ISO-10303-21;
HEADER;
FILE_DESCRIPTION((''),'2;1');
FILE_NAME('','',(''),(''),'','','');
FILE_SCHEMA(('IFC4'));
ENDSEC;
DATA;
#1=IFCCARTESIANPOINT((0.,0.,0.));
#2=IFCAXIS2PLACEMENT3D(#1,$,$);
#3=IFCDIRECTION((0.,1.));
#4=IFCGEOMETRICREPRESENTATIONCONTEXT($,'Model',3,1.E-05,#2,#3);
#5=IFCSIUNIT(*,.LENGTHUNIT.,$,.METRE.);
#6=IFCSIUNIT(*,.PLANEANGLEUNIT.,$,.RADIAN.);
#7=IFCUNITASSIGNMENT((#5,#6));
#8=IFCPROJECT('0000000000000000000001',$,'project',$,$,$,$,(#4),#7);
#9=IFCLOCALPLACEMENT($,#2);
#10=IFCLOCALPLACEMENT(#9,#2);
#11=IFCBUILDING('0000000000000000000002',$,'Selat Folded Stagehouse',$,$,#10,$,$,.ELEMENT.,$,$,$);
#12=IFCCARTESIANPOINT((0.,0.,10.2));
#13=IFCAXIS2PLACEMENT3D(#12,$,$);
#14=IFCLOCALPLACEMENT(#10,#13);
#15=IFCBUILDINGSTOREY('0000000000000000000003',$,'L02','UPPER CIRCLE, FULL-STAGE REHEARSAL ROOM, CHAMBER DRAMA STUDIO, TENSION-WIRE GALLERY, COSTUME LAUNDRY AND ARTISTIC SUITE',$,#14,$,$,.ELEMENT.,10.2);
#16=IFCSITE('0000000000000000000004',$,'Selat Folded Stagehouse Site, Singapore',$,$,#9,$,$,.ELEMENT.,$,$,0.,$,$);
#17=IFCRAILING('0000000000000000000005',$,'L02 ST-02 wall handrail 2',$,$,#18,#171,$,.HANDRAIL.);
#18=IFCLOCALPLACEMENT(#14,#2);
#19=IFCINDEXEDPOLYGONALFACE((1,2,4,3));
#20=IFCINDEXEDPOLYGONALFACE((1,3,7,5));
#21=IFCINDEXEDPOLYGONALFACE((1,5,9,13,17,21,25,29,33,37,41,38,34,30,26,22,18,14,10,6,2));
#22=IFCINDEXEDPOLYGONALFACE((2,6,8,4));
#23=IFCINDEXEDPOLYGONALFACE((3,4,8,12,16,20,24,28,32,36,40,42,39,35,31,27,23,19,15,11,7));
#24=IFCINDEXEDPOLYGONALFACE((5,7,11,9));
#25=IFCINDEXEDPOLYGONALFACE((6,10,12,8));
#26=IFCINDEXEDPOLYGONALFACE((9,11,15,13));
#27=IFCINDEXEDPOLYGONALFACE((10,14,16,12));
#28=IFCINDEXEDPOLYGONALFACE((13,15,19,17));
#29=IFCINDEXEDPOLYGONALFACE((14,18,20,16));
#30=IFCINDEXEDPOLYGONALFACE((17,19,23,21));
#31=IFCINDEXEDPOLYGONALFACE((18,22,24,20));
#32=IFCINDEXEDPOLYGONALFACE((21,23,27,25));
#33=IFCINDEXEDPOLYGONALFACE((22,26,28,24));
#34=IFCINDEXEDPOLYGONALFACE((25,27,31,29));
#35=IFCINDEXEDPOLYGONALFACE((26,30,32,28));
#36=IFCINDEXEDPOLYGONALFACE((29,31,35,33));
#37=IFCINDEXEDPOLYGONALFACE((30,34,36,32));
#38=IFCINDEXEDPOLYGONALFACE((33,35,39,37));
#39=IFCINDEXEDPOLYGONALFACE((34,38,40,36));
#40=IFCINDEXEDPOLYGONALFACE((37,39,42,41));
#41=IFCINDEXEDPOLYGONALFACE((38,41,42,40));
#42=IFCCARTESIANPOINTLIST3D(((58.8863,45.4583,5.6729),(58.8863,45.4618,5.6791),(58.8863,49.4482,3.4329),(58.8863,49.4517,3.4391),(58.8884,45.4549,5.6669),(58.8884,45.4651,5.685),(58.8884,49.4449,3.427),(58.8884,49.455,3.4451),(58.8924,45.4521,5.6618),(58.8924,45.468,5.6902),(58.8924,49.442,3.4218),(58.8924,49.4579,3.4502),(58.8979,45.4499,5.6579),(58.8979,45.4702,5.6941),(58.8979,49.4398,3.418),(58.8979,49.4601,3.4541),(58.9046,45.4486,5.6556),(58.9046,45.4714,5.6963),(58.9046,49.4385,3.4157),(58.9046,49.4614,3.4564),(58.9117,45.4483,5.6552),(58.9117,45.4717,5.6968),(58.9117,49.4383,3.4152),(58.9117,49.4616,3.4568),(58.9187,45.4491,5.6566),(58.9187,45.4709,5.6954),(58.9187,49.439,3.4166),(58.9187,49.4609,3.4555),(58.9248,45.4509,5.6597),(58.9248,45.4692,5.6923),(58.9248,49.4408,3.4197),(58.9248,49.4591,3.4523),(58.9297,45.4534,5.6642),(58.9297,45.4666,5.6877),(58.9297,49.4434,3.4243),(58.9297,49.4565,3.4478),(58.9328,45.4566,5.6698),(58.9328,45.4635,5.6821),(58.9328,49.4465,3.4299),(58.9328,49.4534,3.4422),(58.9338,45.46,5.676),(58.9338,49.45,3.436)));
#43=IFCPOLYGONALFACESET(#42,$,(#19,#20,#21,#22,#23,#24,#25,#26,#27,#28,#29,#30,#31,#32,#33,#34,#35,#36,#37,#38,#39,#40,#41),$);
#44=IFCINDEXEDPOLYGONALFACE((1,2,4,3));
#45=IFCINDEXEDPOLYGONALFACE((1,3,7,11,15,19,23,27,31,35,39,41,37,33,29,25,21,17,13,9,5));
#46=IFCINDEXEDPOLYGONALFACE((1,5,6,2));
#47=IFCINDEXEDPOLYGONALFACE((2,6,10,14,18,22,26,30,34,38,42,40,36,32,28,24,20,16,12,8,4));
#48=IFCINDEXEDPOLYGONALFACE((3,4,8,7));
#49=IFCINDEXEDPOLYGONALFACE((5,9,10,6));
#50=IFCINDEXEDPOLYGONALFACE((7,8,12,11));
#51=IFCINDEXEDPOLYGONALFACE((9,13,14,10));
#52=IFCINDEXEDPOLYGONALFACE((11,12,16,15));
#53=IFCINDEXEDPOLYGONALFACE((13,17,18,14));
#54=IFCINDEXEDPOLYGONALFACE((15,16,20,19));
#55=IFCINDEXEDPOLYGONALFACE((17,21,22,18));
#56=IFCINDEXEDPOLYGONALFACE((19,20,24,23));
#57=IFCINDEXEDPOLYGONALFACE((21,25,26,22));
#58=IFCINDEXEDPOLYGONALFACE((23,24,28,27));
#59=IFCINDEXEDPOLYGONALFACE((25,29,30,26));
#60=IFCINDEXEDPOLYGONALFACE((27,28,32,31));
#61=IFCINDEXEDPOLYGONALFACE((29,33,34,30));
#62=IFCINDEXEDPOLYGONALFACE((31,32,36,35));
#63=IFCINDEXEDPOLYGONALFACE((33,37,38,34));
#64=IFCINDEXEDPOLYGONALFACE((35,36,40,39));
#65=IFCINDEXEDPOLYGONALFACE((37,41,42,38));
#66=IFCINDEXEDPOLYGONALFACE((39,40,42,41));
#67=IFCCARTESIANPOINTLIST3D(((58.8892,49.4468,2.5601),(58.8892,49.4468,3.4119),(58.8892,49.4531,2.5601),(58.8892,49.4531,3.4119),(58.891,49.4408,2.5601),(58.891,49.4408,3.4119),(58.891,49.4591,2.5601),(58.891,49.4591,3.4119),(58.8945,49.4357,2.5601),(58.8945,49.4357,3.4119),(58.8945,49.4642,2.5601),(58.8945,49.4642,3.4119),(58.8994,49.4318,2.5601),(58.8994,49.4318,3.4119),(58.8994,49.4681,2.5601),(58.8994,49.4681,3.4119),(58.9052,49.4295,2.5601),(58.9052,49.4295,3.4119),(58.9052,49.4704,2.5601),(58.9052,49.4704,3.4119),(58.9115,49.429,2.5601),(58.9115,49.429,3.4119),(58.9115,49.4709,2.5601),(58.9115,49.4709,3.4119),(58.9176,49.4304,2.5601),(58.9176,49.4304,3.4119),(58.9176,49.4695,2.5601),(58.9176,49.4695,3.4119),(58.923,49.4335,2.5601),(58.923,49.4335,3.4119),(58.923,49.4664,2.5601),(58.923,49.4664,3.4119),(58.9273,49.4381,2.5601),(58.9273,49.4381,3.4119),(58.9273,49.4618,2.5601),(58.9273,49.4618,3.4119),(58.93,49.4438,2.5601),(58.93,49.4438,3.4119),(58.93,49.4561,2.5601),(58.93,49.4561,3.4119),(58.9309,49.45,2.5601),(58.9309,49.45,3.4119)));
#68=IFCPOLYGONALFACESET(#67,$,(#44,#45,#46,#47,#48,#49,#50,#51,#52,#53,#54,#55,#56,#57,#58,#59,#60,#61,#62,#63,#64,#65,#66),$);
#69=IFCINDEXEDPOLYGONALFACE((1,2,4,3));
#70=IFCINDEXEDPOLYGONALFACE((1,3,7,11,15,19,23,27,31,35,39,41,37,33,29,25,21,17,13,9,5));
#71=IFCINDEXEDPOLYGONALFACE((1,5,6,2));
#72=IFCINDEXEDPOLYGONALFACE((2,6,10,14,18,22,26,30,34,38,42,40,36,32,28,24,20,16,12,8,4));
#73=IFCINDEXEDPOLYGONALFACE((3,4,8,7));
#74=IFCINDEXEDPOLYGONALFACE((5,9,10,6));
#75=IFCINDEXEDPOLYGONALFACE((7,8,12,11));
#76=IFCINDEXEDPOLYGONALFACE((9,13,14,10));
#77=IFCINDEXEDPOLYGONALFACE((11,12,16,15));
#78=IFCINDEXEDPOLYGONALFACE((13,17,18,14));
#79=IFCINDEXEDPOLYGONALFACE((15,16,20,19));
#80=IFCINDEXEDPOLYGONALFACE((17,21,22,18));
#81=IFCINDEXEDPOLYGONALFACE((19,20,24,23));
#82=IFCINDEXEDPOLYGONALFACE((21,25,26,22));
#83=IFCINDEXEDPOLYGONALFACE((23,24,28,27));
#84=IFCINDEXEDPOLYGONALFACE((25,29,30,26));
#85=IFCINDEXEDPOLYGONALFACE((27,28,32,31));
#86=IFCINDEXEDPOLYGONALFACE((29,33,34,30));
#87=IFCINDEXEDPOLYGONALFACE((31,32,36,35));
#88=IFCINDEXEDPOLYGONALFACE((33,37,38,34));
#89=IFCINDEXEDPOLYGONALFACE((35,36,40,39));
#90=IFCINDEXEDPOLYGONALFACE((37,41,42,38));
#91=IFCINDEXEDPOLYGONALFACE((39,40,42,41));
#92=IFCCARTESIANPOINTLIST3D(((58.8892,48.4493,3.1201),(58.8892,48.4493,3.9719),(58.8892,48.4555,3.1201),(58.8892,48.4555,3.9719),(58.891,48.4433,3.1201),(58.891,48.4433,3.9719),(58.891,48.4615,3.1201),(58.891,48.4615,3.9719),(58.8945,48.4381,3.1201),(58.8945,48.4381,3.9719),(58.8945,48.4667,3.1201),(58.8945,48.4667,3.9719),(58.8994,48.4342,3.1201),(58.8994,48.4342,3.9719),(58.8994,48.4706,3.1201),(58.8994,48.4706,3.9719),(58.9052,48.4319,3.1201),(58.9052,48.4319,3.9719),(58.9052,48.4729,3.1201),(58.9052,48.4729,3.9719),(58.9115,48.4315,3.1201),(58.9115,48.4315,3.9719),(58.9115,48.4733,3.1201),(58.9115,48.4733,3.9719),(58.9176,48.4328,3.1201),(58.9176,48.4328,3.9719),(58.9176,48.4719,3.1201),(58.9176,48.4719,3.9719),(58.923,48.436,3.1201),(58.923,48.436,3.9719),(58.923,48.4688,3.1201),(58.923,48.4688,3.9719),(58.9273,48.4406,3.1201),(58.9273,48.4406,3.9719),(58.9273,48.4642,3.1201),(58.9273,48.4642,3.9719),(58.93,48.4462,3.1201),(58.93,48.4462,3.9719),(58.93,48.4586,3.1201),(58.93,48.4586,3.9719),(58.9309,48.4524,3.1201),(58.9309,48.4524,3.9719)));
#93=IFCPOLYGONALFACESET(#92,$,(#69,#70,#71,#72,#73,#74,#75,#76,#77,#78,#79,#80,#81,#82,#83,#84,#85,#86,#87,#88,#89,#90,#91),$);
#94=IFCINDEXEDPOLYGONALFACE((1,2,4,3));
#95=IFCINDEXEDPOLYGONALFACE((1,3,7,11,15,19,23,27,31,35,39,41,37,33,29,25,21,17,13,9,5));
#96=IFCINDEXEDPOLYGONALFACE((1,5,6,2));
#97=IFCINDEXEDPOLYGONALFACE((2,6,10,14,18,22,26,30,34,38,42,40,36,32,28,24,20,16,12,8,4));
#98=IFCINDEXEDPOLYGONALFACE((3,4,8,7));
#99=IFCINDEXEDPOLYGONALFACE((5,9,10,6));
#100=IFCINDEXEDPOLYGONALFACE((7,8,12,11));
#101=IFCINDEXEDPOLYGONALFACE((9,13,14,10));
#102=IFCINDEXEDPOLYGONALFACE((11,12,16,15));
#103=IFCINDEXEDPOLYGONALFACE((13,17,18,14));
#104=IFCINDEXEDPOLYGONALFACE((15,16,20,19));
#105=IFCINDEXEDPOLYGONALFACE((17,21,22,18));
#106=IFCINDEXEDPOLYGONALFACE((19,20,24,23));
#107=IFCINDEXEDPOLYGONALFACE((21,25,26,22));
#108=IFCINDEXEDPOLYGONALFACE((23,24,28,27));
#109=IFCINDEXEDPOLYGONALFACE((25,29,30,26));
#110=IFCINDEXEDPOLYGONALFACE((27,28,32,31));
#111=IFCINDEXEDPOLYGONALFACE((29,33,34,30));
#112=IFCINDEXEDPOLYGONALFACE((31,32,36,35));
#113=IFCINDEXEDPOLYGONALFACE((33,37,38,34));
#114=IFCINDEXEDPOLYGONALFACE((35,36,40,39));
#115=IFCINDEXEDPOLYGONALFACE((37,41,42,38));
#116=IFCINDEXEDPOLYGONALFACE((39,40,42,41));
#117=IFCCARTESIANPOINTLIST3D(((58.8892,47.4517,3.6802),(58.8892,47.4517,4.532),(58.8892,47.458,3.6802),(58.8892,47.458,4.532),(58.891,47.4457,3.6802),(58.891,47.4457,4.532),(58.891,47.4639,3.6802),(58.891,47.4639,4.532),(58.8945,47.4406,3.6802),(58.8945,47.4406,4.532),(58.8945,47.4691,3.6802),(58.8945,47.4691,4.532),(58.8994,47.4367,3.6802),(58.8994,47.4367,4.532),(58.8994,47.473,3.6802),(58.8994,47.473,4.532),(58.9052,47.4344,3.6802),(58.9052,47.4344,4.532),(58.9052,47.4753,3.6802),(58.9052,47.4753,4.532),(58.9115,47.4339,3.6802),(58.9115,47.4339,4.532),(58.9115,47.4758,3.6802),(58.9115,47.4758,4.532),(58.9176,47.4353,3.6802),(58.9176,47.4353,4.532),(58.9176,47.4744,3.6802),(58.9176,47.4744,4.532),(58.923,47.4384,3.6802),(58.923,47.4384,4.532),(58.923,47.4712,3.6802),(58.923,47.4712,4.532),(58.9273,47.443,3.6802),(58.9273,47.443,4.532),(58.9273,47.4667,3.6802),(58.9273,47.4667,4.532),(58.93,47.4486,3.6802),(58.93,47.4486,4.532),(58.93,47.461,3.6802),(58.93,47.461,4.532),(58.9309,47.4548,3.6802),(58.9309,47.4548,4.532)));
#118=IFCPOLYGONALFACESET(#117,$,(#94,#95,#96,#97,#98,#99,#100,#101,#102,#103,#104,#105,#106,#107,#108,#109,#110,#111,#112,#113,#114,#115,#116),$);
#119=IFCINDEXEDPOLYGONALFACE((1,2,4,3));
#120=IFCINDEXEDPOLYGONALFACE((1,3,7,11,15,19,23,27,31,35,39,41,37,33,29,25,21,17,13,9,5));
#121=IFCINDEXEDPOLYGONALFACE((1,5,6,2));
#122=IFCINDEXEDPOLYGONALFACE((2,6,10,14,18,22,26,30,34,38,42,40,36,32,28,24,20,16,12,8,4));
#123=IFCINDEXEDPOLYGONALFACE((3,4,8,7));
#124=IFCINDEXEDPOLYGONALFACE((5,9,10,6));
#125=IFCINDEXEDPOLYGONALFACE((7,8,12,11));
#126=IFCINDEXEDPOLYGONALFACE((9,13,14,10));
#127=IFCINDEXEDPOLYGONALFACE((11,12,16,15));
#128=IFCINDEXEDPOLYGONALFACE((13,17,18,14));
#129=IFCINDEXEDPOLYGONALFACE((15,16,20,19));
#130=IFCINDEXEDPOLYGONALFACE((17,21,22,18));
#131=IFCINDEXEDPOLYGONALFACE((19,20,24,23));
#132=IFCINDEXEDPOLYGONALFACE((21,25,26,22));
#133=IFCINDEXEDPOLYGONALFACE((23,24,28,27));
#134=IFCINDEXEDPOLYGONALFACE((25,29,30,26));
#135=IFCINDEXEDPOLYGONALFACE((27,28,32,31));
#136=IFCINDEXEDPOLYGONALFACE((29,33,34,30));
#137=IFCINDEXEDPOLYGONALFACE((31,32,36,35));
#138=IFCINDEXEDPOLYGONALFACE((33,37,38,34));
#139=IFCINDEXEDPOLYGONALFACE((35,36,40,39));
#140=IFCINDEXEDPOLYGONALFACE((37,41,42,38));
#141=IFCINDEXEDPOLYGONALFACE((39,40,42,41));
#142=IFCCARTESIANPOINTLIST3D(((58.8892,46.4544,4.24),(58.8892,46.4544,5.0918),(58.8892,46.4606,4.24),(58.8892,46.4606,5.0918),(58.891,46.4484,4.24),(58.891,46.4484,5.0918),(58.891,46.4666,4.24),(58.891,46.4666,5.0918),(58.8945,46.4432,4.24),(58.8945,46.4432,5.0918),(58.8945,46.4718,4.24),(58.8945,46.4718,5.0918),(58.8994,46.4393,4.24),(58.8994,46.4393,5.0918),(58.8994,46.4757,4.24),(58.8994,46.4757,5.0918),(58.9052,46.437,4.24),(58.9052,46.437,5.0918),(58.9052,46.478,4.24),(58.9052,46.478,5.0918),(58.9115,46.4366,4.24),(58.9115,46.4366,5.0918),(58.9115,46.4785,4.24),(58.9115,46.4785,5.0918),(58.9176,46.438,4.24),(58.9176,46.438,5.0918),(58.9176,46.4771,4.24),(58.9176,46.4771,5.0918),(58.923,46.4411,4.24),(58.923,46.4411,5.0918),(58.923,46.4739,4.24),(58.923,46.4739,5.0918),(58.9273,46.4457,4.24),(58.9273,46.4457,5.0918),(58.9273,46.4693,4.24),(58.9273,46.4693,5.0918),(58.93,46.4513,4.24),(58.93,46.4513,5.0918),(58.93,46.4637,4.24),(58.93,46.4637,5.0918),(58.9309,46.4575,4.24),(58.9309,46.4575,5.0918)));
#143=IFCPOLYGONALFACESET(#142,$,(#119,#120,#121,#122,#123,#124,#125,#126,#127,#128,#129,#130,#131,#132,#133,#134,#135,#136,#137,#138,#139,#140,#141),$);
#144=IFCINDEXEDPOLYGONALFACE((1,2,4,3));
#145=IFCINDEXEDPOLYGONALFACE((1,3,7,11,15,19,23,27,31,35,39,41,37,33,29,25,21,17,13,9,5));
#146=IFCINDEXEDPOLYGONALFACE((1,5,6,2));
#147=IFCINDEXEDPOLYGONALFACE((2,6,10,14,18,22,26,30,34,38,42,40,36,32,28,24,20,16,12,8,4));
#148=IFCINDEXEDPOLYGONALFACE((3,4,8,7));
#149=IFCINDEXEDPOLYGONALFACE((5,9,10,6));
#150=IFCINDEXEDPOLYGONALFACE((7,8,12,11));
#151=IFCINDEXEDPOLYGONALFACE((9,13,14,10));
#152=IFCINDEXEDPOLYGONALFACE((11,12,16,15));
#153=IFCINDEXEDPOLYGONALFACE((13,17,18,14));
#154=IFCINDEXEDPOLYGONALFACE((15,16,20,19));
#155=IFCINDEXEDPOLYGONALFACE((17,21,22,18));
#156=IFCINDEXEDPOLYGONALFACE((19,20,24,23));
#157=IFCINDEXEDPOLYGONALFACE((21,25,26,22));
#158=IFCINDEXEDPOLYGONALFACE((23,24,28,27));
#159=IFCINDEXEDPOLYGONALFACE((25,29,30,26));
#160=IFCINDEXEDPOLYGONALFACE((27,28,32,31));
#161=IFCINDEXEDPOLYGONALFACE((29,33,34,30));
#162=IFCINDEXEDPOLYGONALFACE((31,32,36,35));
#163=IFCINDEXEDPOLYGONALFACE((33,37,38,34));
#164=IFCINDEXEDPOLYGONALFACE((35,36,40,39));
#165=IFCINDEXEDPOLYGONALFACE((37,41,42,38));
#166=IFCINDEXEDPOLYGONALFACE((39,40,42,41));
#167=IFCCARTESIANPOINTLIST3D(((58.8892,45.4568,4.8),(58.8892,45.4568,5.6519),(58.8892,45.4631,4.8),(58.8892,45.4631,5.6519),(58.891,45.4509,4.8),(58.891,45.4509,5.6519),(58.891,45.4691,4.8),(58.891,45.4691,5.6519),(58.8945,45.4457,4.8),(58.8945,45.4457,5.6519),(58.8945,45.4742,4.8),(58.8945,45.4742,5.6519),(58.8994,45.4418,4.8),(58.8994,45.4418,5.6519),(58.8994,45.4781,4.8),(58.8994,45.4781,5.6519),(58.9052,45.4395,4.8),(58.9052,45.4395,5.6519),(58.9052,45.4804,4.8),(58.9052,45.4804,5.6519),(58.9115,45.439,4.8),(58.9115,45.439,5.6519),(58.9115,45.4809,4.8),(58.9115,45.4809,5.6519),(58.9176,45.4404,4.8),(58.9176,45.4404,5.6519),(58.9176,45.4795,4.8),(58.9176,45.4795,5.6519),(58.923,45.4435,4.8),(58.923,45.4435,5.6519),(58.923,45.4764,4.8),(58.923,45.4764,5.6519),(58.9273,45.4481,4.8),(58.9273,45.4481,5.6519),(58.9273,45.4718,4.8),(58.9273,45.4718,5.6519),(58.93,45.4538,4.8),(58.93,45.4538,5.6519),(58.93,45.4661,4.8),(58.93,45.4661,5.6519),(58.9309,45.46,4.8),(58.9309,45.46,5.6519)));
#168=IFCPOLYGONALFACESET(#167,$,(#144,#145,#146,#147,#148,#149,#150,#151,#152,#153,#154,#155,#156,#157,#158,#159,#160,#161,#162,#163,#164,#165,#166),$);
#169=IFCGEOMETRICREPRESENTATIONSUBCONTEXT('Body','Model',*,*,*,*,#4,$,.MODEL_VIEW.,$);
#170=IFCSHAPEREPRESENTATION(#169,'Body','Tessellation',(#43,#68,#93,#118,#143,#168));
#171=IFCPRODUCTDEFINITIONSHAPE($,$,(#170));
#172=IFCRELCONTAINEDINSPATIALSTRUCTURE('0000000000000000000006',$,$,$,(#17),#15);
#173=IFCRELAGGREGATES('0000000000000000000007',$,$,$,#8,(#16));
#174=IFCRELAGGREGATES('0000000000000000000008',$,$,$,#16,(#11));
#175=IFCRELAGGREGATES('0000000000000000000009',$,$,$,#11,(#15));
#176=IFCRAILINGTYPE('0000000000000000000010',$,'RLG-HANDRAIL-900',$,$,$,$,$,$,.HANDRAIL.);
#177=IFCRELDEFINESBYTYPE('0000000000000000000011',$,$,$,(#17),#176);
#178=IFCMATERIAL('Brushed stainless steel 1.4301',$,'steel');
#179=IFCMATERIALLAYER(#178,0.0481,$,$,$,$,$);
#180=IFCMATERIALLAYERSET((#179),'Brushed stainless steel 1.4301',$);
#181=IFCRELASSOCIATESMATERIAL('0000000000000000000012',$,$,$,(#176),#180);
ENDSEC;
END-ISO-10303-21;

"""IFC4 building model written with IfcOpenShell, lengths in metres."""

from ifc_helpers import new_model, si_unit, direction, frame, origin, origin_2d, place, context, subcontext, project, spatial, circle, extrude, material, layer, layer_set, type_object, element, save


model = new_model("IFC4")

# Units and contexts
model_context = context("Model", 3, precision=1e-05, world=origin(), true_north=direction((0.0, 1.0)))
body_context = subcontext(model_context, "Body", "Model", "MODEL_VIEW")
ifc_project = project(units=[si_unit("LENGTHUNIT", "METRE"), si_unit("PLANEANGLEUNIT", "RADIAN")], contexts=[model_context])

# Site, building, storey
site_placement = place(None, origin())
site = spatial("IfcSite", under=ifc_project, at=site_placement, Name="Selat Folded Stagehouse Site, Singapore", CompositionType="ELEMENT", RefElevation=0.0)
building_placement = place(site_placement, origin())
building = spatial("IfcBuilding", under=site, at=building_placement, Name="Selat Folded Stagehouse", CompositionType="ELEMENT")
storey_placement = place(building_placement, frame((0.0, 0.0, 10.2)))
storey = spatial("IfcBuildingStorey", under=building, at=storey_placement, Name="L02", Description="UPPER CIRCLE, FULL-STAGE REHEARSAL ROOM, CHAMBER DRAMA STUDIO, TENSION-WIRE GALLERY, COSTUME LAUNDRY AND ARTISTIC SUITE", CompositionType="ELEMENT", Elevation=10.2)

# Railing
ifc_material_1 = material(Name="Brushed stainless steel 1.4301", Category="steel")
ifc_layer_1 = layer(ifc_material_1, 0.0481)
ifc_layer_set_1 = layer_set([ifc_layer_1], Name="Brushed stainless steel 1.4301")
railing_type_1 = type_object("IfcRailingType", Name="RLG-HANDRAIL-900", PredefinedType="HANDRAIL", material=ifc_layer_set_1)
railing_1_placement = place(storey_placement, frame((58.9099, 49.45, 2.5601)))
element("IfcRailing", 1, at=railing_1_placement, inside=storey, type_object=railing_type_1, Name="L02 ST-02 wall handrail 2", PredefinedType="HANDRAIL", context=body_context, shape_type="SweptSolid", body=[
    extrude(circle(Radius=0.0239, at=origin_2d()), frame((0.0, 0.0, 0.876), z_axis=(0.0, -0.871984, 0.489534), x_axis=(1.0, 0.0, 0.0)), (0.0, 0.0, 1.0), 4.5757),
    extrude(circle(Radius=0.021, at=origin_2d()), origin(), (0.0, 0.0, 1.0), 0.8518),
    extrude(circle(Radius=0.021, at=origin_2d()), frame((0.0, -0.9976, 0.5601)), (0.0, 0.0, 1.0), 0.8518),
    extrude(circle(Radius=0.021, at=origin_2d()), frame((0.0, -1.9951, 1.1201)), (0.0, 0.0, 1.0), 0.8518),
    extrude(circle(Radius=0.021, at=origin_2d()), frame((0.0, -2.9924, 1.6799)), (0.0, 0.0, 1.0), 0.8518),
    extrude(circle(Radius=0.021, at=origin_2d()), frame((0.0, -3.99, 2.24)), (0.0, 0.0, 1.0), 0.8518),
])

save(model, "model.ifc")
